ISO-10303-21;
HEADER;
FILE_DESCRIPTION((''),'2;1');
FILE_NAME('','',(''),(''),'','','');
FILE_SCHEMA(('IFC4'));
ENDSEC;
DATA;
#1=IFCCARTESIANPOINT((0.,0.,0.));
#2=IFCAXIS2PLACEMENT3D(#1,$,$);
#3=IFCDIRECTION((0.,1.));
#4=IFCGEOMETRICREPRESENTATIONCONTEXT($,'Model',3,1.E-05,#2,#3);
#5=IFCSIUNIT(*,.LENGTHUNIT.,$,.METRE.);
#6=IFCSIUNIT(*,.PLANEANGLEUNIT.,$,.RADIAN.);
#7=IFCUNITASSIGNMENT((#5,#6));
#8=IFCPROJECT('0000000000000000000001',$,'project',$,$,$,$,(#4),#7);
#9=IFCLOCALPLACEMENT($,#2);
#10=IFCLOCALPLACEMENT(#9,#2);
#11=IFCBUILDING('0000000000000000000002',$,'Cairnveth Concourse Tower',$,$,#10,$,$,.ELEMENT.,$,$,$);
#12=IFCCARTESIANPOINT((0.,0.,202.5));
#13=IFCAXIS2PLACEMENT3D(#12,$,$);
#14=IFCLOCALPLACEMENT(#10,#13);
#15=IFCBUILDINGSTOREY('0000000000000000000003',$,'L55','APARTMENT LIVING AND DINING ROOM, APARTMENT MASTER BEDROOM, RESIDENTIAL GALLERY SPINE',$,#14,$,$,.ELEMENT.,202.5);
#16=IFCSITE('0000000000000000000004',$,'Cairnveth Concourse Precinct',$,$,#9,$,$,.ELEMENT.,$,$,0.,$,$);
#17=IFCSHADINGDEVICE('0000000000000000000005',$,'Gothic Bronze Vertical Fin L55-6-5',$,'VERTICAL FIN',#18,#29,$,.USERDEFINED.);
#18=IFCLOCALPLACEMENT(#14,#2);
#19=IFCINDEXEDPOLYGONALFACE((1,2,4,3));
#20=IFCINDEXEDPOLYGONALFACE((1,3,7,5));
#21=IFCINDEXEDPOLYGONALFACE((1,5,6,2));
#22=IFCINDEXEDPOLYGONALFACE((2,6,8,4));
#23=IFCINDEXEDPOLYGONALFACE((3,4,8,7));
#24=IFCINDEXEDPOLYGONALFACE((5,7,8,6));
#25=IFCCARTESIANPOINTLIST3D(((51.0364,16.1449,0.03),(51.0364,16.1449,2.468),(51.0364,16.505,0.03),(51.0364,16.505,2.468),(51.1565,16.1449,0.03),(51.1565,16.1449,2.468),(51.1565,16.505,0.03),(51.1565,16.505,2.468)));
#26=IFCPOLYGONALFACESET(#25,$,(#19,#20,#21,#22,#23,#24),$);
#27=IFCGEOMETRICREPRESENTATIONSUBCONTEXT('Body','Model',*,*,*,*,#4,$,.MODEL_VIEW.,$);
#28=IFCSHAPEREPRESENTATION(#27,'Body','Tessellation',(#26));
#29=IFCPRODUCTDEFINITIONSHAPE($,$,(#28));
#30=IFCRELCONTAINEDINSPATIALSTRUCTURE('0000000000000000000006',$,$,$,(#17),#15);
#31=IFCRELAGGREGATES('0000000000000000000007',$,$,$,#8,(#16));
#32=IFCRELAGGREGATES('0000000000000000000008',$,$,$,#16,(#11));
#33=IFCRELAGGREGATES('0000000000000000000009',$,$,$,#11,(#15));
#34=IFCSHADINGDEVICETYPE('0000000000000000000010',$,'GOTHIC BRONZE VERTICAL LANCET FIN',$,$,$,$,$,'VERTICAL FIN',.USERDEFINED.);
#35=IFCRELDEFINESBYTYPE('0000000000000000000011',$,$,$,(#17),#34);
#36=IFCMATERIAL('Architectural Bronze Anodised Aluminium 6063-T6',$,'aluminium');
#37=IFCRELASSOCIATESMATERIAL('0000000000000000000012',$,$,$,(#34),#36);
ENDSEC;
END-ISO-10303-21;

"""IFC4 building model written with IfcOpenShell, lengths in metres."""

from ifc_helpers import new_model, si_unit, direction, frame, origin, origin_2d, place, context, subcontext, project, spatial, rectangle, extrude, material, type_object, element, save


model = new_model("IFC4")

# Units and contexts
model_context = context("Model", 3, precision=1e-05, world=origin(), true_north=direction((0.0, 1.0)))
body_context = subcontext(model_context, "Body", "Model", "MODEL_VIEW")
ifc_project = project(units=[si_unit("LENGTHUNIT", "METRE"), si_unit("PLANEANGLEUNIT", "RADIAN")], contexts=[model_context])

# Site, building, storey
site_placement = place(None, origin())
site = spatial("IfcSite", under=ifc_project, at=site_placement, Name="Cairnveth Concourse Precinct", CompositionType="ELEMENT", RefElevation=0.0)
building_placement = place(site_placement, origin())
building = spatial("IfcBuilding", under=site, at=building_placement, Name="Cairnveth Concourse Tower", CompositionType="ELEMENT")
storey_placement = place(building_placement, frame((0.0, 0.0, 202.5)))
storey = spatial("IfcBuildingStorey", under=building, at=storey_placement, Name="L55", Description="APARTMENT LIVING AND DINING ROOM, APARTMENT MASTER BEDROOM, RESIDENTIAL GALLERY SPINE", CompositionType="ELEMENT", Elevation=202.5)

# Shading device
ifc_material_1 = material(Name="Architectural Bronze Anodised Aluminium 6063-T6", Category="aluminium")
shading_device_type = type_object("IfcShadingDeviceType", Name="GOTHIC BRONZE VERTICAL LANCET FIN", ElementType="VERTICAL FIN", PredefinedType="USERDEFINED", material=ifc_material_1)
for number, where, z_axis, x_axis, name in (
    (1, (51.0964, 16.325, 0.03), (0.0, 0.0, 1.0), (1.0, 0.0, 0.0), "Gothic Bronze Vertical Fin L55-6-5"),
):
    element("IfcShadingDevice", number, at=place(storey_placement, frame(where, z_axis=z_axis, x_axis=x_axis)), inside=storey, type_object=shading_device_type, Name=name, ObjectType="VERTICAL FIN", PredefinedType="USERDEFINED", context=body_context, shape_type="SweptSolid", body=[
        extrude(rectangle(XDim=0.1201, YDim=0.3601, at=origin_2d()), origin(), (0.0, 0.0, 1.0), 2.438),
    ])

save(model, "model.ifc")
